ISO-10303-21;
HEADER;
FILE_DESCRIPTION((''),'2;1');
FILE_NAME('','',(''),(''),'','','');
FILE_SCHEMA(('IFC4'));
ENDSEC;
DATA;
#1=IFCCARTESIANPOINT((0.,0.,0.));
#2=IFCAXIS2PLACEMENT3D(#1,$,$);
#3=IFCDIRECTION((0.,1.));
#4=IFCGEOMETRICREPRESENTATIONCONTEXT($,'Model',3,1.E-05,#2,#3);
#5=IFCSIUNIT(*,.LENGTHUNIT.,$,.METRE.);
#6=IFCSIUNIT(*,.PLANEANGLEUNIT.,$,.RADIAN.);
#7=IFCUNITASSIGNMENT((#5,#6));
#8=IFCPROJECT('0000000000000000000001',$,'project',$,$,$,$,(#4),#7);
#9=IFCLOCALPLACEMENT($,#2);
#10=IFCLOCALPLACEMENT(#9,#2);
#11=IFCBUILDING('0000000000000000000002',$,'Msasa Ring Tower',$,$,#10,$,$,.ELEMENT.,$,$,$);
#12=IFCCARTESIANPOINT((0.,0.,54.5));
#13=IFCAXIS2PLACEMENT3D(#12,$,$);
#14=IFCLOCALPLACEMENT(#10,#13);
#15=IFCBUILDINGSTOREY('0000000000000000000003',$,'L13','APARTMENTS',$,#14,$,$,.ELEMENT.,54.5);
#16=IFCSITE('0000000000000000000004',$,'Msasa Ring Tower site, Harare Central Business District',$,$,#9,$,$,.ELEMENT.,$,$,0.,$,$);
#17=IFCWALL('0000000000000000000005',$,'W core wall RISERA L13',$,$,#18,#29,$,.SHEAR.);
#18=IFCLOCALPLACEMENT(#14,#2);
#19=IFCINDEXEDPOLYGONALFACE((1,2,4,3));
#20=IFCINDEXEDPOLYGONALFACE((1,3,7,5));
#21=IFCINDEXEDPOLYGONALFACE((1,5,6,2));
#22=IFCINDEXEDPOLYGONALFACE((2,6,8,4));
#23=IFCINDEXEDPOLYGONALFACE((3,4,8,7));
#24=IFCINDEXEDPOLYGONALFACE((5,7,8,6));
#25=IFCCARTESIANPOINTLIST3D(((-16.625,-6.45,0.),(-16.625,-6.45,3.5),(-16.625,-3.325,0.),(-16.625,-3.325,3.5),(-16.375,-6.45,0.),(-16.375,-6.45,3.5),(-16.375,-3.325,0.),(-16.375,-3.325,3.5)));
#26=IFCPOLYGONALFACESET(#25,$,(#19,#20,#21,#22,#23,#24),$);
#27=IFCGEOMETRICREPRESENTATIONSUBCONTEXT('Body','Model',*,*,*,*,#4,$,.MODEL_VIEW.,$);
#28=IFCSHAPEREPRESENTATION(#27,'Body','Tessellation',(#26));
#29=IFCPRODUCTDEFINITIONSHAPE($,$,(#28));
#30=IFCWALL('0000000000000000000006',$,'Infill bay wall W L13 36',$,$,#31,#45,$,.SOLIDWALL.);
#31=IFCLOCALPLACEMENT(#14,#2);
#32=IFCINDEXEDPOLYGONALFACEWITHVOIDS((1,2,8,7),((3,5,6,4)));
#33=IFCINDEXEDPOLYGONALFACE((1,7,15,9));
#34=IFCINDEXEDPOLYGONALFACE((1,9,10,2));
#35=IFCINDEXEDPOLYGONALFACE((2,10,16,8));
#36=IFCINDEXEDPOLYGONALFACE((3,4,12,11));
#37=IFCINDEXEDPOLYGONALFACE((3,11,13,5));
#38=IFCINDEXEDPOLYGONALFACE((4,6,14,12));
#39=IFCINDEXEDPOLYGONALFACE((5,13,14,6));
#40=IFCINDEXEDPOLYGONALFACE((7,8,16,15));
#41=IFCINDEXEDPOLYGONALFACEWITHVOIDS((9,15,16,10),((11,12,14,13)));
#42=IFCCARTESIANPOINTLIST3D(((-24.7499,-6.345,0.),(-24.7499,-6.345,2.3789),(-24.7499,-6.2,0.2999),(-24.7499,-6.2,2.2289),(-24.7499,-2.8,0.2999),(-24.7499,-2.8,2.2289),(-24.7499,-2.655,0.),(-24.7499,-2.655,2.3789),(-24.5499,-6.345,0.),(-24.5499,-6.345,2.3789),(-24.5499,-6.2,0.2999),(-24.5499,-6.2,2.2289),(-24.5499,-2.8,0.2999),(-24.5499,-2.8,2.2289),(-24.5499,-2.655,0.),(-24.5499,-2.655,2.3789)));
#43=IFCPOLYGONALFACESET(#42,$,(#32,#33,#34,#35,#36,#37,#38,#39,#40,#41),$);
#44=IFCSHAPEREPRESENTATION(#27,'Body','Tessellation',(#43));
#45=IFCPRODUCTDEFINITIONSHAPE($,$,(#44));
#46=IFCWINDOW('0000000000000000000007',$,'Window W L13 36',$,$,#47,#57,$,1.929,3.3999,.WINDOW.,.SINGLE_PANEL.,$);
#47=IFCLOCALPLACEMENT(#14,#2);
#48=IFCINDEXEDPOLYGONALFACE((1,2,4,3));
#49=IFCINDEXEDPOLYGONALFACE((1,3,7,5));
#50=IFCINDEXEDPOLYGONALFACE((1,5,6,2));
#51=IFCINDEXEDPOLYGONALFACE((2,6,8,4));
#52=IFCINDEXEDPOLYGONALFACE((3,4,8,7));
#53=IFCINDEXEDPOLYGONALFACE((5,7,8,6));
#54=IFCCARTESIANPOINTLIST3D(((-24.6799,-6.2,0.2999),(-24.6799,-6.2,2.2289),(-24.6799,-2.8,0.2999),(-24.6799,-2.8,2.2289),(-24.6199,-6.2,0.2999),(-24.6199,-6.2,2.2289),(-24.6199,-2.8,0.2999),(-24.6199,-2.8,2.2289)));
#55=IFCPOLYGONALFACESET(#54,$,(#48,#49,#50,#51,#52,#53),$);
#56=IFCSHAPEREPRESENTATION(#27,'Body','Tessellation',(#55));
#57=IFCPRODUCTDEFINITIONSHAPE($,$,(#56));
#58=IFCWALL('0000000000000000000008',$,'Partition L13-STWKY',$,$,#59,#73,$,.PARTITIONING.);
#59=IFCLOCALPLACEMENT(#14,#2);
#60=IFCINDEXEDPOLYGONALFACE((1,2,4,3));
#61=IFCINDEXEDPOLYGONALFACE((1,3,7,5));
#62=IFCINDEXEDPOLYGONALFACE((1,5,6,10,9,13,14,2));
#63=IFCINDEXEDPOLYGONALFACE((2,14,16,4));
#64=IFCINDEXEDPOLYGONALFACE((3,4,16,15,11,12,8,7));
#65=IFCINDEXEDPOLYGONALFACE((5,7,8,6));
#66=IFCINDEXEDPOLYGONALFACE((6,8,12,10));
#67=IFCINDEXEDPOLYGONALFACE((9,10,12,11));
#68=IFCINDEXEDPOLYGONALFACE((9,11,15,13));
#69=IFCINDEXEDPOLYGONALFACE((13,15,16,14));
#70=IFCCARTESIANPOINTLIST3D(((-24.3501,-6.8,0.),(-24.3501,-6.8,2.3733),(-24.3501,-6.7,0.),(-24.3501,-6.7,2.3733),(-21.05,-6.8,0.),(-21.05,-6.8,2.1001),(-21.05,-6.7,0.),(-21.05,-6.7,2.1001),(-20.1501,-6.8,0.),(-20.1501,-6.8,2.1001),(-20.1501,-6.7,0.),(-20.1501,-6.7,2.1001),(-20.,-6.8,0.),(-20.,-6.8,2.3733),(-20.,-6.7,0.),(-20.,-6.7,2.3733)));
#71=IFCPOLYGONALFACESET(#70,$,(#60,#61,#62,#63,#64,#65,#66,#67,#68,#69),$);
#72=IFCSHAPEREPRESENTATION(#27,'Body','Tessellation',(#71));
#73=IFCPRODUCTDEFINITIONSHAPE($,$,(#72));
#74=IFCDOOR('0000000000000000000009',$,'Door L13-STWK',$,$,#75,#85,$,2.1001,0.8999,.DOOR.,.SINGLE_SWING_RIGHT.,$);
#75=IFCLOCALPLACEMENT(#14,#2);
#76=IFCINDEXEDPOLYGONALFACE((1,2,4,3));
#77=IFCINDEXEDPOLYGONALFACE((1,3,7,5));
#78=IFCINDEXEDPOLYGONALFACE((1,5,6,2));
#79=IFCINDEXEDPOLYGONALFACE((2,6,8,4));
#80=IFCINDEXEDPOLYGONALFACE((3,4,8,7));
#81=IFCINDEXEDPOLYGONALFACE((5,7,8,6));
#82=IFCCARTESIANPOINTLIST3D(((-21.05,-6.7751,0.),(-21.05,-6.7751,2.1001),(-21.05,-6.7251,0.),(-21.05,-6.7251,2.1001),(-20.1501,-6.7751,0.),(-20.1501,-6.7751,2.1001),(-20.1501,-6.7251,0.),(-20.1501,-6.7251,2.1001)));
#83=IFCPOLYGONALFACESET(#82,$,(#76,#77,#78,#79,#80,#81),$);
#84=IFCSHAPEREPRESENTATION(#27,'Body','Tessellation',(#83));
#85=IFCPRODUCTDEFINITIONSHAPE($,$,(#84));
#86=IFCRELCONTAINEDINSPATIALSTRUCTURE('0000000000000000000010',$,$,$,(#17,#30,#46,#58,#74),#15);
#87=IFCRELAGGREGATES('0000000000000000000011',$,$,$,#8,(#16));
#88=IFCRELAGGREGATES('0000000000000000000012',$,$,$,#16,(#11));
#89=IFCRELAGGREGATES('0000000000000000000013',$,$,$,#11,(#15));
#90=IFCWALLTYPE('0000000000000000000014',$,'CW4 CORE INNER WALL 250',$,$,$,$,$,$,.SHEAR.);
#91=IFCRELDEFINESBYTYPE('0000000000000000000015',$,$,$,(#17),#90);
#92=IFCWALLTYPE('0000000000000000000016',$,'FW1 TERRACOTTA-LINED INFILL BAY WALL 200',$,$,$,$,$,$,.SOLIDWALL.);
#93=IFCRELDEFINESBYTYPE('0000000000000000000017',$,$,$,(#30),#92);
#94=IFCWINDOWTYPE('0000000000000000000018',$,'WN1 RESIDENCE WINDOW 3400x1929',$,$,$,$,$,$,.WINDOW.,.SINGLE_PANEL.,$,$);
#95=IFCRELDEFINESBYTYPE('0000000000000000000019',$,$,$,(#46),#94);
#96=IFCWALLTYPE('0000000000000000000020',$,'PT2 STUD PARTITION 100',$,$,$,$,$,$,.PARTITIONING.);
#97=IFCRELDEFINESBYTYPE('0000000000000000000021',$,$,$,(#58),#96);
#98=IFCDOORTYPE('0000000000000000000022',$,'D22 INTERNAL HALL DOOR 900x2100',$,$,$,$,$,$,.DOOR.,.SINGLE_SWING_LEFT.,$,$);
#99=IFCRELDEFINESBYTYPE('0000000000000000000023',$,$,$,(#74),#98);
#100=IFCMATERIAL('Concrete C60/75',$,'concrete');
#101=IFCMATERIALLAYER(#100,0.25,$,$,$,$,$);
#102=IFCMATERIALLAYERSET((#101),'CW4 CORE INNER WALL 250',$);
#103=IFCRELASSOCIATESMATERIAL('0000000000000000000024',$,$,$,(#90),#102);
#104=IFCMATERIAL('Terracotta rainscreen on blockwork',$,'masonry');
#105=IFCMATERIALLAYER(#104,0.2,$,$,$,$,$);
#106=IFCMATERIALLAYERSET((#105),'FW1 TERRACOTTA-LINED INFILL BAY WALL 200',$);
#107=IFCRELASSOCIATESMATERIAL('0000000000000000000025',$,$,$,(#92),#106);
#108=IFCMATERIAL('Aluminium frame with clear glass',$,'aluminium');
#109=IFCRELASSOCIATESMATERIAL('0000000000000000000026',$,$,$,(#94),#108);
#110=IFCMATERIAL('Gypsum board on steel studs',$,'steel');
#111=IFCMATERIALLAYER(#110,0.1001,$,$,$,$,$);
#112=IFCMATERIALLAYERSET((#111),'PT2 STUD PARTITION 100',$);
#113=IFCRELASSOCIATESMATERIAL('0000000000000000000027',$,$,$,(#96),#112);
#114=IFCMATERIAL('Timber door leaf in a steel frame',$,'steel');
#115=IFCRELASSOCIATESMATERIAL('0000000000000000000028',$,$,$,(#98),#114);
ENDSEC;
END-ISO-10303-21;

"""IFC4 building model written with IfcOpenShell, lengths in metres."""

from ifc_helpers import new_model, si_unit, direction, frame, frame_2d, origin, place, context, subcontext, project, spatial, rectangle, extrude, material, layer, layer_set, type_object, element, fill, save


model = new_model("IFC4")

# Units and contexts
model_context = context("Model", 3, precision=1e-05, world=origin(), true_north=direction((0.0, 1.0)))
body_context = subcontext(model_context, "Body", "Model", "MODEL_VIEW")
ifc_project = project(units=[si_unit("LENGTHUNIT", "METRE"), si_unit("PLANEANGLEUNIT", "RADIAN")], contexts=[model_context])

# Site, building, storey
site_placement = place(None, origin())
site = spatial("IfcSite", under=ifc_project, at=site_placement, Name="Msasa Ring Tower site, Harare Central Business District", CompositionType="ELEMENT", RefElevation=0.0)
building_placement = place(site_placement, origin())
building = spatial("IfcBuilding", under=site, at=building_placement, Name="Msasa Ring Tower", CompositionType="ELEMENT")
storey_placement = place(building_placement, frame((0.0, 0.0, 54.5)))
storey = spatial("IfcBuildingStorey", under=building, at=storey_placement, Name="L13", Description="APARTMENTS", CompositionType="ELEMENT", Elevation=54.5)

# Wall
ifc_material_1 = material(Name="Concrete C60/75", Category="concrete")
ifc_layer_1 = layer(ifc_material_1, 0.25)
ifc_layer_set_1 = layer_set([ifc_layer_1], Name="CW4 CORE INNER WALL 250")
wall_type_1 = type_object("IfcWallType", Name="CW4 CORE INNER WALL 250", PredefinedType="SHEAR", material=ifc_layer_set_1)
wall_1_placement = place(storey_placement, frame((-16.5, -6.45, 0.0), z_axis=(0.0, 0.0, 1.0), x_axis=(0.0, 1.0, 0.0)))
element("IfcWall", 1, at=wall_1_placement, inside=storey, type_object=wall_type_1, Name="W core wall RISERA L13", PredefinedType="SHEAR", context=body_context, shape_type="SweptSolid", body=[
    extrude(rectangle(XDim=3.125, YDim=0.25, at=frame_2d((1.5625, 0.0))), origin(), (0.0, 0.0, 1.0), 3.5),
])

# Wall, opening, window
ifc_material_2 = material(Name="Terracotta rainscreen on blockwork", Category="masonry")
ifc_layer_2 = layer(ifc_material_2, 0.2)
ifc_layer_set_2 = layer_set([ifc_layer_2], Name="FW1 TERRACOTTA-LINED INFILL BAY WALL 200")
wall_type_2 = type_object("IfcWallType", Name="FW1 TERRACOTTA-LINED INFILL BAY WALL 200", PredefinedType="SOLIDWALL", material=ifc_layer_set_2)
wall_2_placement = place(storey_placement, frame((-24.6499, -6.345, 0.0), z_axis=(0.0, 0.0, 1.0), x_axis=(0.0, 1.0, 0.0)))
wall_2 = element("IfcWall", 2, at=wall_2_placement, inside=storey, type_object=wall_type_2, Name="Infill bay wall W L13 36", PredefinedType="SOLIDWALL", context=body_context, shape_type="SweptSolid", body=[
    extrude(rectangle(XDim=3.6899, YDim=0.2, at=frame_2d((1.845, 0.0))), origin(), (0.0, 0.0, 1.0), 2.3789),
])
opening_1_placement = place(wall_2_placement, frame((0.145, 0.0, 0.3)))
opening_1 = element("IfcOpeningElement", 3, at=opening_1_placement, cuts=wall_2, PredefinedType="OPENING", context=body_context, shape_type="SweptSolid", body=[
    extrude(rectangle(XDim=3.3999, YDim=1.929, at=frame_2d((1.7, 0.9644))), frame((0.0, 0.1099, 0.0), z_axis=(0.0, -1.0, 0.0), x_axis=(1.0, 0.0, 0.0)), (0.0, 0.0, 1.0), 0.22),
])
ifc_material_3 = material(Name="Aluminium frame with clear glass", Category="aluminium")
window_type = type_object("IfcWindowType", Name="WN1 RESIDENCE WINDOW 3400x1929", PartitioningType="SINGLE_PANEL", PredefinedType="WINDOW", material=ifc_material_3)
window_placement = place(opening_1_placement, origin())
window = element("IfcWindow", 4, at=window_placement, inside=storey, type_object=window_type, Name="Window W L13 36", OverallHeight=1.929, OverallWidth=3.3999, PartitioningType="SINGLE_PANEL", PredefinedType="WINDOW", context=body_context, shape_type="SweptSolid", body=[
    extrude(rectangle(XDim=3.3999, YDim=1.929, at=frame_2d((1.7, 0.9644))), frame((0.0, 0.03, 0.0), z_axis=(0.0, -1.0, 0.0), x_axis=(1.0, 0.0, 0.0)), (0.0, 0.0, 1.0), 0.0601),
])
fill(opening_1, window)

# Wall, opening, door
ifc_material_4 = material(Name="Gypsum board on steel studs", Category="steel")
ifc_layer_3 = layer(ifc_material_4, 0.1001)
ifc_layer_set_3 = layer_set([ifc_layer_3], Name="PT2 STUD PARTITION 100")
wall_type_3 = type_object("IfcWallType", Name="PT2 STUD PARTITION 100", PredefinedType="PARTITIONING", material=ifc_layer_set_3)
wall_3_placement = place(storey_placement, frame((-24.3501, -6.75, 0.0), z_axis=(0.0, 0.0, 1.0), x_axis=(1.0, 0.0, 0.0)))
wall_3 = element("IfcWall", 5, at=wall_3_placement, inside=storey, type_object=wall_type_3, Name="Partition L13-STWKY", PredefinedType="PARTITIONING", context=body_context, shape_type="SweptSolid", body=[
    extrude(rectangle(XDim=4.3501, YDim=0.1001, at=frame_2d((2.175, 0.0))), origin(), (0.0, 0.0, 1.0), 2.3733),
])
opening_2_placement = place(wall_3_placement, frame((3.3, 0.0, 0.0)))
opening_2 = element("IfcOpeningElement", 6, at=opening_2_placement, cuts=wall_3, PredefinedType="OPENING", context=body_context, shape_type="SweptSolid", body=[
    extrude(rectangle(XDim=0.8999, YDim=2.1001, at=frame_2d((0.45, 1.05))), frame((0.0, 0.0601, 0.0), z_axis=(0.0, -1.0, 0.0), x_axis=(1.0, 0.0, 0.0)), (0.0, 0.0, 1.0), 0.1201),
])
ifc_material_5 = material(Name="Timber door leaf in a steel frame", Category="steel")
door_type = type_object("IfcDoorType", Name="D22 INTERNAL HALL DOOR 900x2100", OperationType="SINGLE_SWING_LEFT", PredefinedType="DOOR", material=ifc_material_5)
door_placement = place(opening_2_placement, origin())
door = element("IfcDoor", 7, at=door_placement, inside=storey, type_object=door_type, Name="Door L13-STWK", OperationType="SINGLE_SWING_RIGHT", OverallHeight=2.1001, OverallWidth=0.8999, PredefinedType="DOOR", context=body_context, shape_type="SweptSolid", body=[
    extrude(rectangle(XDim=0.8999, YDim=2.1001, at=frame_2d((0.45, 1.05))), frame((0.0, 0.0249, 0.0), z_axis=(0.0, -1.0, 0.0), x_axis=(1.0, 0.0, 0.0)), (0.0, 0.0, 1.0), 0.05),
])
fill(opening_2, door)

save(model, "model.ifc")
